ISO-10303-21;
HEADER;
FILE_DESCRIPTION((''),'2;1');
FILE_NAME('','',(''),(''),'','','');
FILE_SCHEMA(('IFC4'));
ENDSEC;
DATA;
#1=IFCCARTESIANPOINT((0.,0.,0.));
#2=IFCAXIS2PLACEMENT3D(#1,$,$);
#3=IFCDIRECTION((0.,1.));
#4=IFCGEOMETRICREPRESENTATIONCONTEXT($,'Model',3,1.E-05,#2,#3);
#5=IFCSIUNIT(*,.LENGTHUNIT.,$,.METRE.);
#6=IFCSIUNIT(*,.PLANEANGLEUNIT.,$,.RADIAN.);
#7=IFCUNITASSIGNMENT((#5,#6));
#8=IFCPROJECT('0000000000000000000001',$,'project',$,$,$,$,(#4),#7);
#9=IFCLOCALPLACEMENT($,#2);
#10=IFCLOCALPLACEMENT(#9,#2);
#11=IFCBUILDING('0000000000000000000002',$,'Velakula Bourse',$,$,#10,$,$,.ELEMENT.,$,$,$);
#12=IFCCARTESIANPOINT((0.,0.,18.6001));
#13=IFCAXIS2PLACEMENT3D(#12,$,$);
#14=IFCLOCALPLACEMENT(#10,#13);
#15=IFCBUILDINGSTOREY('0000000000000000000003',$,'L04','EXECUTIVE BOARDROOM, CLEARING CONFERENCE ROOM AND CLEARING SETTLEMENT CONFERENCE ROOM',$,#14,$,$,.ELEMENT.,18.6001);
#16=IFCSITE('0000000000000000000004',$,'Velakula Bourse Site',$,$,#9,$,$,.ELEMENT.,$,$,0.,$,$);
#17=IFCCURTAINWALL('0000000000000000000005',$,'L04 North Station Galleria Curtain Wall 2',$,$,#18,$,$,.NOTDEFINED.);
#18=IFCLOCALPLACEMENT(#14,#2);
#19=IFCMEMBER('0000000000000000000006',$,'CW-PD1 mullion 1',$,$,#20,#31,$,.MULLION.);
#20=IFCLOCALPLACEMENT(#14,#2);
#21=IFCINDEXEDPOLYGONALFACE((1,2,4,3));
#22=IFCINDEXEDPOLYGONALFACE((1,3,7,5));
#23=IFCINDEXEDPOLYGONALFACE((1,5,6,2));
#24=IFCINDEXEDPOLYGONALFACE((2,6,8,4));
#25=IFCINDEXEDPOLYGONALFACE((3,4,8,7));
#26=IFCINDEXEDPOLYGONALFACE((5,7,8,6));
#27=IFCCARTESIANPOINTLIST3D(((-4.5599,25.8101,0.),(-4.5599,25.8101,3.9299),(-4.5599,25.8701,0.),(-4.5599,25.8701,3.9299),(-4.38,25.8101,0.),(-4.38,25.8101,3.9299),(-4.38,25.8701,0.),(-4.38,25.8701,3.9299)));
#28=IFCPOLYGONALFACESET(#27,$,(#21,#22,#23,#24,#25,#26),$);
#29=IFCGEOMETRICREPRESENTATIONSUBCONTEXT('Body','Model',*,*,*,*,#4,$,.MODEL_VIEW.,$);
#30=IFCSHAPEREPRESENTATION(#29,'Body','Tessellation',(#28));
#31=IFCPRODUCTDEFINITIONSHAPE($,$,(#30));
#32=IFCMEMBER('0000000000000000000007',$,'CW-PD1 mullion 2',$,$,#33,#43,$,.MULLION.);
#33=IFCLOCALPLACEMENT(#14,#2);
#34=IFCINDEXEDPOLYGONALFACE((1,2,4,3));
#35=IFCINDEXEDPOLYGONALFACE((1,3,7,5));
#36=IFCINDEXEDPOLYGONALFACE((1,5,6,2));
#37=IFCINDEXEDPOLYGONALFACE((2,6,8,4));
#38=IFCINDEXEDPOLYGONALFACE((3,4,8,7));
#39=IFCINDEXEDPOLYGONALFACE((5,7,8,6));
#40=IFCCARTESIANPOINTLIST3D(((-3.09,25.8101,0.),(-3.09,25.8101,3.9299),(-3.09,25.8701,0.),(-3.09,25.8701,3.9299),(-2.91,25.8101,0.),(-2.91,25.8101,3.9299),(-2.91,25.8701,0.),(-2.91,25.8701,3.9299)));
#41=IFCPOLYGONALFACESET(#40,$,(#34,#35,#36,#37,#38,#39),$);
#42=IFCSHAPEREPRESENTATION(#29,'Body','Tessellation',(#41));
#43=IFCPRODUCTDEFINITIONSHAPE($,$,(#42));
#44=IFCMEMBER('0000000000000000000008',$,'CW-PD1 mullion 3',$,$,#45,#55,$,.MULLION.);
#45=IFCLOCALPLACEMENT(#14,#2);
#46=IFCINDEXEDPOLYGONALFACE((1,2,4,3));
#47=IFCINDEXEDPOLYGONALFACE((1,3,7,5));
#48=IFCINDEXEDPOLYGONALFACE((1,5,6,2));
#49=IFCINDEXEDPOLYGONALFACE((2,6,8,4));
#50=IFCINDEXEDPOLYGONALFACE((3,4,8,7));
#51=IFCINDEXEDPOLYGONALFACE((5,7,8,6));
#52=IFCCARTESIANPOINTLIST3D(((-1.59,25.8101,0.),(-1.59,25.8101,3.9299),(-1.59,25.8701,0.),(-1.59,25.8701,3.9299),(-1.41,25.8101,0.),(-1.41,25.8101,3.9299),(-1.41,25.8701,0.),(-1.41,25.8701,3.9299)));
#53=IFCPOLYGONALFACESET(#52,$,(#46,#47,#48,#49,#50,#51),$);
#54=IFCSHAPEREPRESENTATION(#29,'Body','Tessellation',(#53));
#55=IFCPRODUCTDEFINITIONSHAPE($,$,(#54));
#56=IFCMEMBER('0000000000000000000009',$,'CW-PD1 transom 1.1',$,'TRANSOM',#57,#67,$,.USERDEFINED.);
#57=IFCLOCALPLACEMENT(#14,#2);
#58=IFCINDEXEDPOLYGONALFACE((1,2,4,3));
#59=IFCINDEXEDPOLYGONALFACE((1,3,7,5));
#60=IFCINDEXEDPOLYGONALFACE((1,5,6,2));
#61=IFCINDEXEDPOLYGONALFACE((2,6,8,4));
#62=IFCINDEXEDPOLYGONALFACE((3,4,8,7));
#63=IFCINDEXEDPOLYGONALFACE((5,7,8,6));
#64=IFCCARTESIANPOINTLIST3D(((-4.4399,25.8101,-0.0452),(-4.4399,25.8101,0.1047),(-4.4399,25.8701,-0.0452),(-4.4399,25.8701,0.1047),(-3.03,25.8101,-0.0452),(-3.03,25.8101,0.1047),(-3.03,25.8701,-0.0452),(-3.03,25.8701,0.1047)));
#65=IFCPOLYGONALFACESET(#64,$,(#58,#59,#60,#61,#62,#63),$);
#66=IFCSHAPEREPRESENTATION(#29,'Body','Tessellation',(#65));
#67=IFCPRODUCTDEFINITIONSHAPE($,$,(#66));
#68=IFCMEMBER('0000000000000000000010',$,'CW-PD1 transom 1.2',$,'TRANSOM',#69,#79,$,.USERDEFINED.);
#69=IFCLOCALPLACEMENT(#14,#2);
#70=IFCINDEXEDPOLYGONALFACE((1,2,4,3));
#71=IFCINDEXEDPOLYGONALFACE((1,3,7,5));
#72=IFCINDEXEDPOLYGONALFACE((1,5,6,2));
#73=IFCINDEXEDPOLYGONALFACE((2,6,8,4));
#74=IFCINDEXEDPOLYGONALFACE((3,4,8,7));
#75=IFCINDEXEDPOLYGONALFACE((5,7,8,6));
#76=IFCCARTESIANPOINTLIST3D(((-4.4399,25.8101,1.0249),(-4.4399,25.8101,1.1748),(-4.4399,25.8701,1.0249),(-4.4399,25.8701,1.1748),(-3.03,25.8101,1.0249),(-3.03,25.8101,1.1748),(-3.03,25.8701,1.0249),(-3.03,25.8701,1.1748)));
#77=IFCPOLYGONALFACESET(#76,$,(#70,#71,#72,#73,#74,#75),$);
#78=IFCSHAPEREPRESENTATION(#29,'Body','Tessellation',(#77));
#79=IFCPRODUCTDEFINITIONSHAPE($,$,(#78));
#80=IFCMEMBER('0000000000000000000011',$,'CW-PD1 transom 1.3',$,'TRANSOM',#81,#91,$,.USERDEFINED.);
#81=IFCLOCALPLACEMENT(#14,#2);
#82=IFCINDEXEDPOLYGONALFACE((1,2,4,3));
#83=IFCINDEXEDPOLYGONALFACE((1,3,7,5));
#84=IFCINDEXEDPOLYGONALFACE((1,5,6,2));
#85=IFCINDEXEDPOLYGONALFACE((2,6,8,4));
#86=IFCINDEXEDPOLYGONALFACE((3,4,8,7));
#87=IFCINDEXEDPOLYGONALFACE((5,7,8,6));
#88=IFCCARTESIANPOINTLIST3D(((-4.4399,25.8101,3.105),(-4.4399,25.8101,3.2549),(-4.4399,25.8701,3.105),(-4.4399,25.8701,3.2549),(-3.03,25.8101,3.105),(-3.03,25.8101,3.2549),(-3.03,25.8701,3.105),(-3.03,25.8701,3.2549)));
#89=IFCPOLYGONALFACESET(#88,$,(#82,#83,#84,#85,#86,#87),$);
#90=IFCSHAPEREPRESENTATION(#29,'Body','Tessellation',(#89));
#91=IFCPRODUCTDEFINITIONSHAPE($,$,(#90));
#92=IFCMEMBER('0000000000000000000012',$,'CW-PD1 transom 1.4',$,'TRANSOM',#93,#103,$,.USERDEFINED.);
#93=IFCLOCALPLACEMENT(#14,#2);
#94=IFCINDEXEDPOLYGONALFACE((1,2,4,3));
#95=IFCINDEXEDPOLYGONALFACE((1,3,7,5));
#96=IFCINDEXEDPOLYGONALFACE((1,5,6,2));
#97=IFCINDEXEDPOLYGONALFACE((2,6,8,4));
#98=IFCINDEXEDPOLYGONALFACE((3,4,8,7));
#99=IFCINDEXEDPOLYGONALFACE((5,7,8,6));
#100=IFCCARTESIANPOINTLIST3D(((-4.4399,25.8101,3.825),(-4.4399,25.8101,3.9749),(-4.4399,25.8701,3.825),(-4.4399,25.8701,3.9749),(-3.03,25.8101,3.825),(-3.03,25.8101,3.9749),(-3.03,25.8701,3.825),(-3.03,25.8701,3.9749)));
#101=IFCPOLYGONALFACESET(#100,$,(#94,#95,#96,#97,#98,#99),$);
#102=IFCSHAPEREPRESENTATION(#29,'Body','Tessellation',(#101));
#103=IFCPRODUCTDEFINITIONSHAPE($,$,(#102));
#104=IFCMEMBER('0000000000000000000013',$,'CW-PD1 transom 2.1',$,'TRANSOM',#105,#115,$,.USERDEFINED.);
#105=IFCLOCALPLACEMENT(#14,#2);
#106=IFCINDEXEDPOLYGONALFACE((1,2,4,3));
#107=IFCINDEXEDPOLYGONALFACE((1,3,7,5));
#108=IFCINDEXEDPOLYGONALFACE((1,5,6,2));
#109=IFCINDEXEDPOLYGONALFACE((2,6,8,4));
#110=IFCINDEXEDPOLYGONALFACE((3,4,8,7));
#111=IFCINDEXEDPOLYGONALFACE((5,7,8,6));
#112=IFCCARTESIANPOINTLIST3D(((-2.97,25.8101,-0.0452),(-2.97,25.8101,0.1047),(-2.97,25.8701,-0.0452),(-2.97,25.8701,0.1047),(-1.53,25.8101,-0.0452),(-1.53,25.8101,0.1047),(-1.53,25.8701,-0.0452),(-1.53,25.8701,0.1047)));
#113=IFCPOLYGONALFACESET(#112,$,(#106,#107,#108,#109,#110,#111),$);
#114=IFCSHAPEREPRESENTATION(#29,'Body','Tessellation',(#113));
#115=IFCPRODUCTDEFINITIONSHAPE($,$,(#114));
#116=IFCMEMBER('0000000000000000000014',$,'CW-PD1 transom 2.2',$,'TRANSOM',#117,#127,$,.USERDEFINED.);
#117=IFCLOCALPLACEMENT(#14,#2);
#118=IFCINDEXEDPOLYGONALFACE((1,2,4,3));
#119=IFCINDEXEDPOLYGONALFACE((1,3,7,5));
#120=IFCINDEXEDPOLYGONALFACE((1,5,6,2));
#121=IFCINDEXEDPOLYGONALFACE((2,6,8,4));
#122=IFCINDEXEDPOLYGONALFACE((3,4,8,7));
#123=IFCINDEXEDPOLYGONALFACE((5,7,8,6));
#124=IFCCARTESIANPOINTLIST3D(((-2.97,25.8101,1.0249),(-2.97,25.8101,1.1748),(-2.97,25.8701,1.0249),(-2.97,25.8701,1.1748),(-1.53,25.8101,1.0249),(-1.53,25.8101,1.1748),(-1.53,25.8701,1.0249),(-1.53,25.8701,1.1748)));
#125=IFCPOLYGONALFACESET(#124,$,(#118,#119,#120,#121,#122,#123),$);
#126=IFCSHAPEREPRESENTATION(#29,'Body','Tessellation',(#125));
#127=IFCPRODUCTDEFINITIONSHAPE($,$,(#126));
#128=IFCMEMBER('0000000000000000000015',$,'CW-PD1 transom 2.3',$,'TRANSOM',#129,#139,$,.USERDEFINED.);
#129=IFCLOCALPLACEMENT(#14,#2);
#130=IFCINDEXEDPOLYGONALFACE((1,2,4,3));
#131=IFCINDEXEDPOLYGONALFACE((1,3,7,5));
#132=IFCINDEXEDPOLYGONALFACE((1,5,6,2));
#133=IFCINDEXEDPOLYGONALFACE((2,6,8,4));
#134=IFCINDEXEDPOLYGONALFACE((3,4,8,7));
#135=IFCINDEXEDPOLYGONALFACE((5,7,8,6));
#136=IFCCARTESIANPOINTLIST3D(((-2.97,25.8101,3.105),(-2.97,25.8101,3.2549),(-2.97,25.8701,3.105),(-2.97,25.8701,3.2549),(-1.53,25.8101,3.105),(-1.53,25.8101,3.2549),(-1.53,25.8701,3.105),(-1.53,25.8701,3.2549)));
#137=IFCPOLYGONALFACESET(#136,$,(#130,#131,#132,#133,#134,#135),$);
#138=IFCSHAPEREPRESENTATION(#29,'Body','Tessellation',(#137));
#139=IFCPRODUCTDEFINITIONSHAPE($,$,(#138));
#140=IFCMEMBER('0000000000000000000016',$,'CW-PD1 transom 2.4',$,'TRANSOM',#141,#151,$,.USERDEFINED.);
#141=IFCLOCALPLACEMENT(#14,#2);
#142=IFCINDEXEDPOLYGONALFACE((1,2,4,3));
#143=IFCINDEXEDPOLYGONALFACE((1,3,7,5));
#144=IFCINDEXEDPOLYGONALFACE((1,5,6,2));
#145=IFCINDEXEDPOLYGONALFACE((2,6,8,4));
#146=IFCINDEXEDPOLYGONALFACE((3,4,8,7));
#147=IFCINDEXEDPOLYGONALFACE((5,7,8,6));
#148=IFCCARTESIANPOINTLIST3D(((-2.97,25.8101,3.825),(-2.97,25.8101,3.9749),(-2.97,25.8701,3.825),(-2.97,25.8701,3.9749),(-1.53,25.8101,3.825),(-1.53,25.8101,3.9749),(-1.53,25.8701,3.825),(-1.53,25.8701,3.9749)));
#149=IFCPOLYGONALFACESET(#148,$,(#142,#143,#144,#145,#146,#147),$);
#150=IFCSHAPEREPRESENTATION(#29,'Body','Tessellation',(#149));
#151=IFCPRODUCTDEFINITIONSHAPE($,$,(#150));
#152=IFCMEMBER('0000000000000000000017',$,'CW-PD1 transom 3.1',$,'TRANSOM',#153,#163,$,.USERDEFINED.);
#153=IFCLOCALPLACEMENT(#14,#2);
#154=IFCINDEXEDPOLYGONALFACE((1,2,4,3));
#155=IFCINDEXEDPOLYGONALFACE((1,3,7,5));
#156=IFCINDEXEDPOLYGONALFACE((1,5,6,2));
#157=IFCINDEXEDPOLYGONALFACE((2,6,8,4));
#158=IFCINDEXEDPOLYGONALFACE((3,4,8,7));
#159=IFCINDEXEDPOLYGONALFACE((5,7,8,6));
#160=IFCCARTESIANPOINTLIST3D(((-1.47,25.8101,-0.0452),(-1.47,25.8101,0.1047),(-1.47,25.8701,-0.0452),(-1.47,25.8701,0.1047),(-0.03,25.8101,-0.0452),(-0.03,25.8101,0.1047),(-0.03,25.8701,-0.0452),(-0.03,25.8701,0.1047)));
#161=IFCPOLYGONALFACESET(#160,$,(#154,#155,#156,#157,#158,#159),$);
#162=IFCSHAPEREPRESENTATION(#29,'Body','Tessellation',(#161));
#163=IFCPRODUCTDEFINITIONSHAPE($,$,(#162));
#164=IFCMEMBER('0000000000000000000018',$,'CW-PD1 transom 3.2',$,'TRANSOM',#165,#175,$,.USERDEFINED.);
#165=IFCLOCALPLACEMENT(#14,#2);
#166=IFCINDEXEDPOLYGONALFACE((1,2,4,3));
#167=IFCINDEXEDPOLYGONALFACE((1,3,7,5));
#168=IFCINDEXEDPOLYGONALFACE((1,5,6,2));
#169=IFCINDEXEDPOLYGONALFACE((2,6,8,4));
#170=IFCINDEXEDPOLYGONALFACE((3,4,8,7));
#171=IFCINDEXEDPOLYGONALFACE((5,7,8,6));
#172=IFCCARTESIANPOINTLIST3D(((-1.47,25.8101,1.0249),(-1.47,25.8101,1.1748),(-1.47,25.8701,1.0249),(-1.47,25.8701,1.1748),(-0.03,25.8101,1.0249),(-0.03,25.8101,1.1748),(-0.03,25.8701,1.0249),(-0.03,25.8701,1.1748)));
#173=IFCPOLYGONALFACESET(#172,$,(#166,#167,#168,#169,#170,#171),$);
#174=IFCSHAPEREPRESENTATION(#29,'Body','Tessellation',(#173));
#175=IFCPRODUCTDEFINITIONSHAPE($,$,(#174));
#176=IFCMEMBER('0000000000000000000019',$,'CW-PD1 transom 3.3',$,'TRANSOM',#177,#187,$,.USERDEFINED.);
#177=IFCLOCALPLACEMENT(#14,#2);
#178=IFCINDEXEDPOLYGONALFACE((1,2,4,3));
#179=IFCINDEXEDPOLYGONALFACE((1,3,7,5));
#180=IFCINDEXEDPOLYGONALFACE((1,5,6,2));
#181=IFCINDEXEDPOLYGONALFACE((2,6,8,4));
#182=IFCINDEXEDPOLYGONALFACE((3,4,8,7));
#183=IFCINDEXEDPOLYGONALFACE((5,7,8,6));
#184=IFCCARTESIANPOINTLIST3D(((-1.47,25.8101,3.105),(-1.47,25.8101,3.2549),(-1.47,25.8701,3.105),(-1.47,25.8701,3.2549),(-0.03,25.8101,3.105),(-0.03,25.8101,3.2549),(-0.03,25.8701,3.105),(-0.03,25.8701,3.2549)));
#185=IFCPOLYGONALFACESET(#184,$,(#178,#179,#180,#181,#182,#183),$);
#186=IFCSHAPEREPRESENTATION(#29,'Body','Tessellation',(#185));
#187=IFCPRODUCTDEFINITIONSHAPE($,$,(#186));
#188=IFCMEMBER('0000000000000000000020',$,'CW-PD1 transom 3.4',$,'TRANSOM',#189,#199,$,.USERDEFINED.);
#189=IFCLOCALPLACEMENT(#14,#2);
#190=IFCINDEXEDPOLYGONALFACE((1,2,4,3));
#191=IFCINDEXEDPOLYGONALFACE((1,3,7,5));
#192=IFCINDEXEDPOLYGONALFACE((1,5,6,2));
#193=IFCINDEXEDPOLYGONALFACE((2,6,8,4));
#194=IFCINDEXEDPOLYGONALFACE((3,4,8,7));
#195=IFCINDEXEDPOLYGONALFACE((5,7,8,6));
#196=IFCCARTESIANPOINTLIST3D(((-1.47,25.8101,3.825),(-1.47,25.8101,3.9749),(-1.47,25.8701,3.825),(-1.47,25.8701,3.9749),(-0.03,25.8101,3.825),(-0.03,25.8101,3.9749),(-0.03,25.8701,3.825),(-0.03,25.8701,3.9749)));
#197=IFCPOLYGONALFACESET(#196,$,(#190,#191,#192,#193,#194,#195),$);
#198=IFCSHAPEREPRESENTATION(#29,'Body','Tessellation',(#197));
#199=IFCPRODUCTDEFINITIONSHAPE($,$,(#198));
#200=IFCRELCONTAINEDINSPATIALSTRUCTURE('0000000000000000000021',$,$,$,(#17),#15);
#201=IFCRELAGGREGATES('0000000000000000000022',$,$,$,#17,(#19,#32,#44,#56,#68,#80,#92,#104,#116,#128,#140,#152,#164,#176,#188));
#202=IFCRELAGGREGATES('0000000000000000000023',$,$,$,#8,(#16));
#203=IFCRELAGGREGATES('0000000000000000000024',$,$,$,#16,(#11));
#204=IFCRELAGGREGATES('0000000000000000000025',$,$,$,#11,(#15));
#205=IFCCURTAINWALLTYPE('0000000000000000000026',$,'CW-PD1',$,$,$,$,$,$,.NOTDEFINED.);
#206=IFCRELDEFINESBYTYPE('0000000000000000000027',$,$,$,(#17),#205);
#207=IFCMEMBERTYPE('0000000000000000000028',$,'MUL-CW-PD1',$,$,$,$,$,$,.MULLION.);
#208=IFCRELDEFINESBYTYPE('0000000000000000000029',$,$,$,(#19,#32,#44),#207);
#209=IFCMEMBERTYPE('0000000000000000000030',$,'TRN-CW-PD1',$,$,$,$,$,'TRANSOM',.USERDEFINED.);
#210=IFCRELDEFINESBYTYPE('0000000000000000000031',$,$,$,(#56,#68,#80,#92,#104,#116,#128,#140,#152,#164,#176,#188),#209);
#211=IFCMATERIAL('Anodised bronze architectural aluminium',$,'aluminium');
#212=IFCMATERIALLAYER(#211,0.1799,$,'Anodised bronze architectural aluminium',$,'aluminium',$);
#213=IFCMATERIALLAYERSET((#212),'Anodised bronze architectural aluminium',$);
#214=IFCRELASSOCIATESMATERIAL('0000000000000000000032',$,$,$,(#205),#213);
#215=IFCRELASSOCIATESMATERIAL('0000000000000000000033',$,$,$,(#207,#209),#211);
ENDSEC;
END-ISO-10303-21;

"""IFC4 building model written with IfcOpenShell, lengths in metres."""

from ifc_helpers import new_model, si_unit, direction, frame, origin, origin_2d, place, context, subcontext, project, spatial, rectangle, extrude, material, layer, layer_set, material_profile, profile_set, type_object, element, aggregate, save


model = new_model("IFC4")

# Units and contexts
model_context = context("Model", 3, precision=1e-05, world=origin(), true_north=direction((0.0, 1.0)))
body_context = subcontext(model_context, "Body", "Model", "MODEL_VIEW")
ifc_project = project(units=[si_unit("LENGTHUNIT", "METRE"), si_unit("PLANEANGLEUNIT", "RADIAN")], contexts=[model_context])

# Site, building, storey
site_placement = place(None, origin())
site = spatial("IfcSite", under=ifc_project, at=site_placement, Name="Velakula Bourse Site", CompositionType="ELEMENT", RefElevation=0.0)
building_placement = place(site_placement, origin())
building = spatial("IfcBuilding", under=site, at=building_placement, Name="Velakula Bourse", CompositionType="ELEMENT")
storey_placement = place(building_placement, frame((0.0, 0.0, 18.6001)))
storey = spatial("IfcBuildingStorey", under=building, at=storey_placement, Name="L04", Description="EXECUTIVE BOARDROOM, CLEARING CONFERENCE ROOM AND CLEARING SETTLEMENT CONFERENCE ROOM", CompositionType="ELEMENT", Elevation=18.6001)

# Curtain wall, members
ifc_material_1 = material(Name="Anodised bronze architectural aluminium", Category="aluminium")
ifc_layer_1 = layer(ifc_material_1, 0.1799, Name="Anodised bronze architectural aluminium", Category="aluminium")
ifc_layer_set_1 = layer_set([ifc_layer_1], Name="Anodised bronze architectural aluminium")
curtain_wall_type = type_object("IfcCurtainWallType", Name="CW-PD1", PredefinedType="NOTDEFINED", material=ifc_layer_set_1)
curtain_wall_placement = place(storey_placement, origin())
curtain_wall = element("IfcCurtainWall", 1, at=curtain_wall_placement, inside=storey, type_object=curtain_wall_type, Name="L04 North Station Galleria Curtain Wall 2", PredefinedType="NOTDEFINED")
ifc_material_profile_1 = material_profile(ifc_material_1, rectangle(XDim=0.0601, YDim=0.1799, at=origin_2d()), Name="Anodised bronze architectural aluminium")
ifc_profile_set_1 = profile_set([ifc_material_profile_1], Name="Anodised bronze architectural aluminium")
member_type_1 = type_object("IfcMemberType", Name="MUL-CW-PD1", PredefinedType="MULLION", material=ifc_profile_set_1)
member_1_placement = place(storey_placement, frame((-4.47, 25.8401, 0.0), z_axis=(0.0, 0.0, 1.0), x_axis=(0.0, 1.0, 0.0)))
member_1 = element("IfcMember", 2, at=member_1_placement, type_object=member_type_1, Name="CW-PD1 mullion 1", PredefinedType="MULLION", context=body_context, shape_type="SweptSolid", body=[
    extrude(rectangle(XDim=0.0601, YDim=0.1799, at=origin_2d()), origin(), (0.0, 0.0, 1.0), 3.9299),
])
member_2_placement = place(storey_placement, frame((-3.0, 25.8401, 0.0), z_axis=(0.0, 0.0, 1.0), x_axis=(0.0, 1.0, 0.0)))
member_2 = element("IfcMember", 3, at=member_2_placement, type_object=member_type_1, Name="CW-PD1 mullion 2", PredefinedType="MULLION", context=body_context, shape_type="SweptSolid", body=[
    extrude(rectangle(XDim=0.0601, YDim=0.1799, at=origin_2d()), origin(), (0.0, 0.0, 1.0), 3.9299),
])
member_3_placement = place(storey_placement, frame((-1.5, 25.8401, 0.0), z_axis=(0.0, 0.0, 1.0), x_axis=(0.0, 1.0, 0.0)))
member_3 = element("IfcMember", 4, at=member_3_placement, type_object=member_type_1, Name="CW-PD1 mullion 3", PredefinedType="MULLION", context=body_context, shape_type="SweptSolid", body=[
    extrude(rectangle(XDim=0.0601, YDim=0.1799, at=origin_2d()), origin(), (0.0, 0.0, 1.0), 3.9299),
])
ifc_material_profile_2 = material_profile(ifc_material_1, rectangle(XDim=0.0601, YDim=0.1499, at=origin_2d()), Name="Anodised bronze architectural aluminium")
ifc_profile_set_2 = profile_set([ifc_material_profile_2], Name="Anodised bronze architectural aluminium")
member_type_2 = type_object("IfcMemberType", Name="TRN-CW-PD1", ElementType="TRANSOM", PredefinedType="USERDEFINED", material=ifc_profile_set_2)
member_4_placement = place(storey_placement, frame((-4.4399, 25.8401, 0.0298), z_axis=(1.0, 0.0, 0.0), x_axis=(0.0, 1.0, 0.0)))
member_4 = element("IfcMember", 5, at=member_4_placement, type_object=member_type_2, Name="CW-PD1 transom 1.1", ObjectType="TRANSOM", PredefinedType="USERDEFINED", context=body_context, shape_type="SweptSolid", body=[
    extrude(rectangle(XDim=0.0601, YDim=0.1499, at=origin_2d()), origin(), (0.0, 0.0, 1.0), 1.4099),
])
member_5_placement = place(storey_placement, frame((-4.4399, 25.8401, 1.0999), z_axis=(1.0, 0.0, 0.0), x_axis=(0.0, 1.0, 0.0)))
member_5 = element("IfcMember", 6, at=member_5_placement, type_object=member_type_2, Name="CW-PD1 transom 1.2", ObjectType="TRANSOM", PredefinedType="USERDEFINED", context=body_context, shape_type="SweptSolid", body=[
    extrude(rectangle(XDim=0.0601, YDim=0.1499, at=origin_2d()), origin(), (0.0, 0.0, 1.0), 1.4099),
])
member_6_placement = place(storey_placement, frame((-4.4399, 25.8401, 3.1799), z_axis=(1.0, 0.0, 0.0), x_axis=(0.0, 1.0, 0.0)))
member_6 = element("IfcMember", 7, at=member_6_placement, type_object=member_type_2, Name="CW-PD1 transom 1.3", ObjectType="TRANSOM", PredefinedType="USERDEFINED", context=body_context, shape_type="SweptSolid", body=[
    extrude(rectangle(XDim=0.0601, YDim=0.1499, at=origin_2d()), origin(), (0.0, 0.0, 1.0), 1.4099),
])
member_7_placement = place(storey_placement, frame((-4.4399, 25.8401, 3.8999), z_axis=(1.0, 0.0, 0.0), x_axis=(0.0, 1.0, 0.0)))
member_7 = element("IfcMember", 8, at=member_7_placement, type_object=member_type_2, Name="CW-PD1 transom 1.4", ObjectType="TRANSOM", PredefinedType="USERDEFINED", context=body_context, shape_type="SweptSolid", body=[
    extrude(rectangle(XDim=0.0601, YDim=0.1499, at=origin_2d()), origin(), (0.0, 0.0, 1.0), 1.4099),
])
member_8_placement = place(storey_placement, frame((-2.97, 25.8401, 0.0298), z_axis=(1.0, 0.0, 0.0), x_axis=(0.0, 1.0, 0.0)))
member_8 = element("IfcMember", 9, at=member_8_placement, type_object=member_type_2, Name="CW-PD1 transom 2.1", ObjectType="TRANSOM", PredefinedType="USERDEFINED", context=body_context, shape_type="SweptSolid", body=[
    extrude(rectangle(XDim=0.0601, YDim=0.1499, at=origin_2d()), origin(), (0.0, 0.0, 1.0), 1.4399),
])
member_9_placement = place(storey_placement, frame((-2.97, 25.8401, 1.0999), z_axis=(1.0, 0.0, 0.0), x_axis=(0.0, 1.0, 0.0)))
member_9 = element("IfcMember", 10, at=member_9_placement, type_object=member_type_2, Name="CW-PD1 transom 2.2", ObjectType="TRANSOM", PredefinedType="USERDEFINED", context=body_context, shape_type="SweptSolid", body=[
    extrude(rectangle(XDim=0.0601, YDim=0.1499, at=origin_2d()), origin(), (0.0, 0.0, 1.0), 1.4399),
])
member_10_placement = place(storey_placement, frame((-2.97, 25.8401, 3.1799), z_axis=(1.0, 0.0, 0.0), x_axis=(0.0, 1.0, 0.0)))
member_10 = element("IfcMember", 11, at=member_10_placement, type_object=member_type_2, Name="CW-PD1 transom 2.3", ObjectType="TRANSOM", PredefinedType="USERDEFINED", context=body_context, shape_type="SweptSolid", body=[
    extrude(rectangle(XDim=0.0601, YDim=0.1499, at=origin_2d()), origin(), (0.0, 0.0, 1.0), 1.4399),
])
member_11_placement = place(storey_placement, frame((-2.97, 25.8401, 3.8999), z_axis=(1.0, 0.0, 0.0), x_axis=(0.0, 1.0, 0.0)))
member_11 = element("IfcMember", 12, at=member_11_placement, type_object=member_type_2, Name="CW-PD1 transom 2.4", ObjectType="TRANSOM", PredefinedType="USERDEFINED", context=body_context, shape_type="SweptSolid", body=[
    extrude(rectangle(XDim=0.0601, YDim=0.1499, at=origin_2d()), origin(), (0.0, 0.0, 1.0), 1.4399),
])
member_12_placement = place(storey_placement, frame((-1.47, 25.8401, 0.0298), z_axis=(1.0, 0.0, 0.0), x_axis=(0.0, 1.0, 0.0)))
member_12 = element("IfcMember", 13, at=member_12_placement, type_object=member_type_2, Name="CW-PD1 transom 3.1", ObjectType="TRANSOM", PredefinedType="USERDEFINED", context=body_context, shape_type="SweptSolid", body=[
    extrude(rectangle(XDim=0.0601, YDim=0.1499, at=origin_2d()), origin(), (0.0, 0.0, 1.0), 1.4399),
])
member_13_placement = place(storey_placement, frame((-1.47, 25.8401, 1.0999), z_axis=(1.0, 0.0, 0.0), x_axis=(0.0, 1.0, 0.0)))
member_13 = element("IfcMember", 14, at=member_13_placement, type_object=member_type_2, Name="CW-PD1 transom 3.2", ObjectType="TRANSOM", PredefinedType="USERDEFINED", context=body_context, shape_type="SweptSolid", body=[
    extrude(rectangle(XDim=0.0601, YDim=0.1499, at=origin_2d()), origin(), (0.0, 0.0, 1.0), 1.4399),
])
member_14_placement = place(storey_placement, frame((-1.47, 25.8401, 3.1799), z_axis=(1.0, 0.0, 0.0), x_axis=(0.0, 1.0, 0.0)))
member_14 = element("IfcMember", 15, at=member_14_placement, type_object=member_type_2, Name="CW-PD1 transom 3.3", ObjectType="TRANSOM", PredefinedType="USERDEFINED", context=body_context, shape_type="SweptSolid", body=[
    extrude(rectangle(XDim=0.0601, YDim=0.1499, at=origin_2d()), origin(), (0.0, 0.0, 1.0), 1.4399),
])
member_15_placement = place(storey_placement, frame((-1.47, 25.8401, 3.8999), z_axis=(1.0, 0.0, 0.0), x_axis=(0.0, 1.0, 0.0)))
member_15 = element("IfcMember", 16, at=member_15_placement, type_object=member_type_2, Name="CW-PD1 transom 3.4", ObjectType="TRANSOM", PredefinedType="USERDEFINED", context=body_context, shape_type="SweptSolid", body=[
    extrude(rectangle(XDim=0.0601, YDim=0.1499, at=origin_2d()), origin(), (0.0, 0.0, 1.0), 1.4399),
])
aggregate(curtain_wall, [member_1, member_2, member_3, member_4, member_5, member_6, member_7, member_8, member_9, member_10, member_11, member_12, member_13, member_14, member_15])

save(model, "model.ifc")
